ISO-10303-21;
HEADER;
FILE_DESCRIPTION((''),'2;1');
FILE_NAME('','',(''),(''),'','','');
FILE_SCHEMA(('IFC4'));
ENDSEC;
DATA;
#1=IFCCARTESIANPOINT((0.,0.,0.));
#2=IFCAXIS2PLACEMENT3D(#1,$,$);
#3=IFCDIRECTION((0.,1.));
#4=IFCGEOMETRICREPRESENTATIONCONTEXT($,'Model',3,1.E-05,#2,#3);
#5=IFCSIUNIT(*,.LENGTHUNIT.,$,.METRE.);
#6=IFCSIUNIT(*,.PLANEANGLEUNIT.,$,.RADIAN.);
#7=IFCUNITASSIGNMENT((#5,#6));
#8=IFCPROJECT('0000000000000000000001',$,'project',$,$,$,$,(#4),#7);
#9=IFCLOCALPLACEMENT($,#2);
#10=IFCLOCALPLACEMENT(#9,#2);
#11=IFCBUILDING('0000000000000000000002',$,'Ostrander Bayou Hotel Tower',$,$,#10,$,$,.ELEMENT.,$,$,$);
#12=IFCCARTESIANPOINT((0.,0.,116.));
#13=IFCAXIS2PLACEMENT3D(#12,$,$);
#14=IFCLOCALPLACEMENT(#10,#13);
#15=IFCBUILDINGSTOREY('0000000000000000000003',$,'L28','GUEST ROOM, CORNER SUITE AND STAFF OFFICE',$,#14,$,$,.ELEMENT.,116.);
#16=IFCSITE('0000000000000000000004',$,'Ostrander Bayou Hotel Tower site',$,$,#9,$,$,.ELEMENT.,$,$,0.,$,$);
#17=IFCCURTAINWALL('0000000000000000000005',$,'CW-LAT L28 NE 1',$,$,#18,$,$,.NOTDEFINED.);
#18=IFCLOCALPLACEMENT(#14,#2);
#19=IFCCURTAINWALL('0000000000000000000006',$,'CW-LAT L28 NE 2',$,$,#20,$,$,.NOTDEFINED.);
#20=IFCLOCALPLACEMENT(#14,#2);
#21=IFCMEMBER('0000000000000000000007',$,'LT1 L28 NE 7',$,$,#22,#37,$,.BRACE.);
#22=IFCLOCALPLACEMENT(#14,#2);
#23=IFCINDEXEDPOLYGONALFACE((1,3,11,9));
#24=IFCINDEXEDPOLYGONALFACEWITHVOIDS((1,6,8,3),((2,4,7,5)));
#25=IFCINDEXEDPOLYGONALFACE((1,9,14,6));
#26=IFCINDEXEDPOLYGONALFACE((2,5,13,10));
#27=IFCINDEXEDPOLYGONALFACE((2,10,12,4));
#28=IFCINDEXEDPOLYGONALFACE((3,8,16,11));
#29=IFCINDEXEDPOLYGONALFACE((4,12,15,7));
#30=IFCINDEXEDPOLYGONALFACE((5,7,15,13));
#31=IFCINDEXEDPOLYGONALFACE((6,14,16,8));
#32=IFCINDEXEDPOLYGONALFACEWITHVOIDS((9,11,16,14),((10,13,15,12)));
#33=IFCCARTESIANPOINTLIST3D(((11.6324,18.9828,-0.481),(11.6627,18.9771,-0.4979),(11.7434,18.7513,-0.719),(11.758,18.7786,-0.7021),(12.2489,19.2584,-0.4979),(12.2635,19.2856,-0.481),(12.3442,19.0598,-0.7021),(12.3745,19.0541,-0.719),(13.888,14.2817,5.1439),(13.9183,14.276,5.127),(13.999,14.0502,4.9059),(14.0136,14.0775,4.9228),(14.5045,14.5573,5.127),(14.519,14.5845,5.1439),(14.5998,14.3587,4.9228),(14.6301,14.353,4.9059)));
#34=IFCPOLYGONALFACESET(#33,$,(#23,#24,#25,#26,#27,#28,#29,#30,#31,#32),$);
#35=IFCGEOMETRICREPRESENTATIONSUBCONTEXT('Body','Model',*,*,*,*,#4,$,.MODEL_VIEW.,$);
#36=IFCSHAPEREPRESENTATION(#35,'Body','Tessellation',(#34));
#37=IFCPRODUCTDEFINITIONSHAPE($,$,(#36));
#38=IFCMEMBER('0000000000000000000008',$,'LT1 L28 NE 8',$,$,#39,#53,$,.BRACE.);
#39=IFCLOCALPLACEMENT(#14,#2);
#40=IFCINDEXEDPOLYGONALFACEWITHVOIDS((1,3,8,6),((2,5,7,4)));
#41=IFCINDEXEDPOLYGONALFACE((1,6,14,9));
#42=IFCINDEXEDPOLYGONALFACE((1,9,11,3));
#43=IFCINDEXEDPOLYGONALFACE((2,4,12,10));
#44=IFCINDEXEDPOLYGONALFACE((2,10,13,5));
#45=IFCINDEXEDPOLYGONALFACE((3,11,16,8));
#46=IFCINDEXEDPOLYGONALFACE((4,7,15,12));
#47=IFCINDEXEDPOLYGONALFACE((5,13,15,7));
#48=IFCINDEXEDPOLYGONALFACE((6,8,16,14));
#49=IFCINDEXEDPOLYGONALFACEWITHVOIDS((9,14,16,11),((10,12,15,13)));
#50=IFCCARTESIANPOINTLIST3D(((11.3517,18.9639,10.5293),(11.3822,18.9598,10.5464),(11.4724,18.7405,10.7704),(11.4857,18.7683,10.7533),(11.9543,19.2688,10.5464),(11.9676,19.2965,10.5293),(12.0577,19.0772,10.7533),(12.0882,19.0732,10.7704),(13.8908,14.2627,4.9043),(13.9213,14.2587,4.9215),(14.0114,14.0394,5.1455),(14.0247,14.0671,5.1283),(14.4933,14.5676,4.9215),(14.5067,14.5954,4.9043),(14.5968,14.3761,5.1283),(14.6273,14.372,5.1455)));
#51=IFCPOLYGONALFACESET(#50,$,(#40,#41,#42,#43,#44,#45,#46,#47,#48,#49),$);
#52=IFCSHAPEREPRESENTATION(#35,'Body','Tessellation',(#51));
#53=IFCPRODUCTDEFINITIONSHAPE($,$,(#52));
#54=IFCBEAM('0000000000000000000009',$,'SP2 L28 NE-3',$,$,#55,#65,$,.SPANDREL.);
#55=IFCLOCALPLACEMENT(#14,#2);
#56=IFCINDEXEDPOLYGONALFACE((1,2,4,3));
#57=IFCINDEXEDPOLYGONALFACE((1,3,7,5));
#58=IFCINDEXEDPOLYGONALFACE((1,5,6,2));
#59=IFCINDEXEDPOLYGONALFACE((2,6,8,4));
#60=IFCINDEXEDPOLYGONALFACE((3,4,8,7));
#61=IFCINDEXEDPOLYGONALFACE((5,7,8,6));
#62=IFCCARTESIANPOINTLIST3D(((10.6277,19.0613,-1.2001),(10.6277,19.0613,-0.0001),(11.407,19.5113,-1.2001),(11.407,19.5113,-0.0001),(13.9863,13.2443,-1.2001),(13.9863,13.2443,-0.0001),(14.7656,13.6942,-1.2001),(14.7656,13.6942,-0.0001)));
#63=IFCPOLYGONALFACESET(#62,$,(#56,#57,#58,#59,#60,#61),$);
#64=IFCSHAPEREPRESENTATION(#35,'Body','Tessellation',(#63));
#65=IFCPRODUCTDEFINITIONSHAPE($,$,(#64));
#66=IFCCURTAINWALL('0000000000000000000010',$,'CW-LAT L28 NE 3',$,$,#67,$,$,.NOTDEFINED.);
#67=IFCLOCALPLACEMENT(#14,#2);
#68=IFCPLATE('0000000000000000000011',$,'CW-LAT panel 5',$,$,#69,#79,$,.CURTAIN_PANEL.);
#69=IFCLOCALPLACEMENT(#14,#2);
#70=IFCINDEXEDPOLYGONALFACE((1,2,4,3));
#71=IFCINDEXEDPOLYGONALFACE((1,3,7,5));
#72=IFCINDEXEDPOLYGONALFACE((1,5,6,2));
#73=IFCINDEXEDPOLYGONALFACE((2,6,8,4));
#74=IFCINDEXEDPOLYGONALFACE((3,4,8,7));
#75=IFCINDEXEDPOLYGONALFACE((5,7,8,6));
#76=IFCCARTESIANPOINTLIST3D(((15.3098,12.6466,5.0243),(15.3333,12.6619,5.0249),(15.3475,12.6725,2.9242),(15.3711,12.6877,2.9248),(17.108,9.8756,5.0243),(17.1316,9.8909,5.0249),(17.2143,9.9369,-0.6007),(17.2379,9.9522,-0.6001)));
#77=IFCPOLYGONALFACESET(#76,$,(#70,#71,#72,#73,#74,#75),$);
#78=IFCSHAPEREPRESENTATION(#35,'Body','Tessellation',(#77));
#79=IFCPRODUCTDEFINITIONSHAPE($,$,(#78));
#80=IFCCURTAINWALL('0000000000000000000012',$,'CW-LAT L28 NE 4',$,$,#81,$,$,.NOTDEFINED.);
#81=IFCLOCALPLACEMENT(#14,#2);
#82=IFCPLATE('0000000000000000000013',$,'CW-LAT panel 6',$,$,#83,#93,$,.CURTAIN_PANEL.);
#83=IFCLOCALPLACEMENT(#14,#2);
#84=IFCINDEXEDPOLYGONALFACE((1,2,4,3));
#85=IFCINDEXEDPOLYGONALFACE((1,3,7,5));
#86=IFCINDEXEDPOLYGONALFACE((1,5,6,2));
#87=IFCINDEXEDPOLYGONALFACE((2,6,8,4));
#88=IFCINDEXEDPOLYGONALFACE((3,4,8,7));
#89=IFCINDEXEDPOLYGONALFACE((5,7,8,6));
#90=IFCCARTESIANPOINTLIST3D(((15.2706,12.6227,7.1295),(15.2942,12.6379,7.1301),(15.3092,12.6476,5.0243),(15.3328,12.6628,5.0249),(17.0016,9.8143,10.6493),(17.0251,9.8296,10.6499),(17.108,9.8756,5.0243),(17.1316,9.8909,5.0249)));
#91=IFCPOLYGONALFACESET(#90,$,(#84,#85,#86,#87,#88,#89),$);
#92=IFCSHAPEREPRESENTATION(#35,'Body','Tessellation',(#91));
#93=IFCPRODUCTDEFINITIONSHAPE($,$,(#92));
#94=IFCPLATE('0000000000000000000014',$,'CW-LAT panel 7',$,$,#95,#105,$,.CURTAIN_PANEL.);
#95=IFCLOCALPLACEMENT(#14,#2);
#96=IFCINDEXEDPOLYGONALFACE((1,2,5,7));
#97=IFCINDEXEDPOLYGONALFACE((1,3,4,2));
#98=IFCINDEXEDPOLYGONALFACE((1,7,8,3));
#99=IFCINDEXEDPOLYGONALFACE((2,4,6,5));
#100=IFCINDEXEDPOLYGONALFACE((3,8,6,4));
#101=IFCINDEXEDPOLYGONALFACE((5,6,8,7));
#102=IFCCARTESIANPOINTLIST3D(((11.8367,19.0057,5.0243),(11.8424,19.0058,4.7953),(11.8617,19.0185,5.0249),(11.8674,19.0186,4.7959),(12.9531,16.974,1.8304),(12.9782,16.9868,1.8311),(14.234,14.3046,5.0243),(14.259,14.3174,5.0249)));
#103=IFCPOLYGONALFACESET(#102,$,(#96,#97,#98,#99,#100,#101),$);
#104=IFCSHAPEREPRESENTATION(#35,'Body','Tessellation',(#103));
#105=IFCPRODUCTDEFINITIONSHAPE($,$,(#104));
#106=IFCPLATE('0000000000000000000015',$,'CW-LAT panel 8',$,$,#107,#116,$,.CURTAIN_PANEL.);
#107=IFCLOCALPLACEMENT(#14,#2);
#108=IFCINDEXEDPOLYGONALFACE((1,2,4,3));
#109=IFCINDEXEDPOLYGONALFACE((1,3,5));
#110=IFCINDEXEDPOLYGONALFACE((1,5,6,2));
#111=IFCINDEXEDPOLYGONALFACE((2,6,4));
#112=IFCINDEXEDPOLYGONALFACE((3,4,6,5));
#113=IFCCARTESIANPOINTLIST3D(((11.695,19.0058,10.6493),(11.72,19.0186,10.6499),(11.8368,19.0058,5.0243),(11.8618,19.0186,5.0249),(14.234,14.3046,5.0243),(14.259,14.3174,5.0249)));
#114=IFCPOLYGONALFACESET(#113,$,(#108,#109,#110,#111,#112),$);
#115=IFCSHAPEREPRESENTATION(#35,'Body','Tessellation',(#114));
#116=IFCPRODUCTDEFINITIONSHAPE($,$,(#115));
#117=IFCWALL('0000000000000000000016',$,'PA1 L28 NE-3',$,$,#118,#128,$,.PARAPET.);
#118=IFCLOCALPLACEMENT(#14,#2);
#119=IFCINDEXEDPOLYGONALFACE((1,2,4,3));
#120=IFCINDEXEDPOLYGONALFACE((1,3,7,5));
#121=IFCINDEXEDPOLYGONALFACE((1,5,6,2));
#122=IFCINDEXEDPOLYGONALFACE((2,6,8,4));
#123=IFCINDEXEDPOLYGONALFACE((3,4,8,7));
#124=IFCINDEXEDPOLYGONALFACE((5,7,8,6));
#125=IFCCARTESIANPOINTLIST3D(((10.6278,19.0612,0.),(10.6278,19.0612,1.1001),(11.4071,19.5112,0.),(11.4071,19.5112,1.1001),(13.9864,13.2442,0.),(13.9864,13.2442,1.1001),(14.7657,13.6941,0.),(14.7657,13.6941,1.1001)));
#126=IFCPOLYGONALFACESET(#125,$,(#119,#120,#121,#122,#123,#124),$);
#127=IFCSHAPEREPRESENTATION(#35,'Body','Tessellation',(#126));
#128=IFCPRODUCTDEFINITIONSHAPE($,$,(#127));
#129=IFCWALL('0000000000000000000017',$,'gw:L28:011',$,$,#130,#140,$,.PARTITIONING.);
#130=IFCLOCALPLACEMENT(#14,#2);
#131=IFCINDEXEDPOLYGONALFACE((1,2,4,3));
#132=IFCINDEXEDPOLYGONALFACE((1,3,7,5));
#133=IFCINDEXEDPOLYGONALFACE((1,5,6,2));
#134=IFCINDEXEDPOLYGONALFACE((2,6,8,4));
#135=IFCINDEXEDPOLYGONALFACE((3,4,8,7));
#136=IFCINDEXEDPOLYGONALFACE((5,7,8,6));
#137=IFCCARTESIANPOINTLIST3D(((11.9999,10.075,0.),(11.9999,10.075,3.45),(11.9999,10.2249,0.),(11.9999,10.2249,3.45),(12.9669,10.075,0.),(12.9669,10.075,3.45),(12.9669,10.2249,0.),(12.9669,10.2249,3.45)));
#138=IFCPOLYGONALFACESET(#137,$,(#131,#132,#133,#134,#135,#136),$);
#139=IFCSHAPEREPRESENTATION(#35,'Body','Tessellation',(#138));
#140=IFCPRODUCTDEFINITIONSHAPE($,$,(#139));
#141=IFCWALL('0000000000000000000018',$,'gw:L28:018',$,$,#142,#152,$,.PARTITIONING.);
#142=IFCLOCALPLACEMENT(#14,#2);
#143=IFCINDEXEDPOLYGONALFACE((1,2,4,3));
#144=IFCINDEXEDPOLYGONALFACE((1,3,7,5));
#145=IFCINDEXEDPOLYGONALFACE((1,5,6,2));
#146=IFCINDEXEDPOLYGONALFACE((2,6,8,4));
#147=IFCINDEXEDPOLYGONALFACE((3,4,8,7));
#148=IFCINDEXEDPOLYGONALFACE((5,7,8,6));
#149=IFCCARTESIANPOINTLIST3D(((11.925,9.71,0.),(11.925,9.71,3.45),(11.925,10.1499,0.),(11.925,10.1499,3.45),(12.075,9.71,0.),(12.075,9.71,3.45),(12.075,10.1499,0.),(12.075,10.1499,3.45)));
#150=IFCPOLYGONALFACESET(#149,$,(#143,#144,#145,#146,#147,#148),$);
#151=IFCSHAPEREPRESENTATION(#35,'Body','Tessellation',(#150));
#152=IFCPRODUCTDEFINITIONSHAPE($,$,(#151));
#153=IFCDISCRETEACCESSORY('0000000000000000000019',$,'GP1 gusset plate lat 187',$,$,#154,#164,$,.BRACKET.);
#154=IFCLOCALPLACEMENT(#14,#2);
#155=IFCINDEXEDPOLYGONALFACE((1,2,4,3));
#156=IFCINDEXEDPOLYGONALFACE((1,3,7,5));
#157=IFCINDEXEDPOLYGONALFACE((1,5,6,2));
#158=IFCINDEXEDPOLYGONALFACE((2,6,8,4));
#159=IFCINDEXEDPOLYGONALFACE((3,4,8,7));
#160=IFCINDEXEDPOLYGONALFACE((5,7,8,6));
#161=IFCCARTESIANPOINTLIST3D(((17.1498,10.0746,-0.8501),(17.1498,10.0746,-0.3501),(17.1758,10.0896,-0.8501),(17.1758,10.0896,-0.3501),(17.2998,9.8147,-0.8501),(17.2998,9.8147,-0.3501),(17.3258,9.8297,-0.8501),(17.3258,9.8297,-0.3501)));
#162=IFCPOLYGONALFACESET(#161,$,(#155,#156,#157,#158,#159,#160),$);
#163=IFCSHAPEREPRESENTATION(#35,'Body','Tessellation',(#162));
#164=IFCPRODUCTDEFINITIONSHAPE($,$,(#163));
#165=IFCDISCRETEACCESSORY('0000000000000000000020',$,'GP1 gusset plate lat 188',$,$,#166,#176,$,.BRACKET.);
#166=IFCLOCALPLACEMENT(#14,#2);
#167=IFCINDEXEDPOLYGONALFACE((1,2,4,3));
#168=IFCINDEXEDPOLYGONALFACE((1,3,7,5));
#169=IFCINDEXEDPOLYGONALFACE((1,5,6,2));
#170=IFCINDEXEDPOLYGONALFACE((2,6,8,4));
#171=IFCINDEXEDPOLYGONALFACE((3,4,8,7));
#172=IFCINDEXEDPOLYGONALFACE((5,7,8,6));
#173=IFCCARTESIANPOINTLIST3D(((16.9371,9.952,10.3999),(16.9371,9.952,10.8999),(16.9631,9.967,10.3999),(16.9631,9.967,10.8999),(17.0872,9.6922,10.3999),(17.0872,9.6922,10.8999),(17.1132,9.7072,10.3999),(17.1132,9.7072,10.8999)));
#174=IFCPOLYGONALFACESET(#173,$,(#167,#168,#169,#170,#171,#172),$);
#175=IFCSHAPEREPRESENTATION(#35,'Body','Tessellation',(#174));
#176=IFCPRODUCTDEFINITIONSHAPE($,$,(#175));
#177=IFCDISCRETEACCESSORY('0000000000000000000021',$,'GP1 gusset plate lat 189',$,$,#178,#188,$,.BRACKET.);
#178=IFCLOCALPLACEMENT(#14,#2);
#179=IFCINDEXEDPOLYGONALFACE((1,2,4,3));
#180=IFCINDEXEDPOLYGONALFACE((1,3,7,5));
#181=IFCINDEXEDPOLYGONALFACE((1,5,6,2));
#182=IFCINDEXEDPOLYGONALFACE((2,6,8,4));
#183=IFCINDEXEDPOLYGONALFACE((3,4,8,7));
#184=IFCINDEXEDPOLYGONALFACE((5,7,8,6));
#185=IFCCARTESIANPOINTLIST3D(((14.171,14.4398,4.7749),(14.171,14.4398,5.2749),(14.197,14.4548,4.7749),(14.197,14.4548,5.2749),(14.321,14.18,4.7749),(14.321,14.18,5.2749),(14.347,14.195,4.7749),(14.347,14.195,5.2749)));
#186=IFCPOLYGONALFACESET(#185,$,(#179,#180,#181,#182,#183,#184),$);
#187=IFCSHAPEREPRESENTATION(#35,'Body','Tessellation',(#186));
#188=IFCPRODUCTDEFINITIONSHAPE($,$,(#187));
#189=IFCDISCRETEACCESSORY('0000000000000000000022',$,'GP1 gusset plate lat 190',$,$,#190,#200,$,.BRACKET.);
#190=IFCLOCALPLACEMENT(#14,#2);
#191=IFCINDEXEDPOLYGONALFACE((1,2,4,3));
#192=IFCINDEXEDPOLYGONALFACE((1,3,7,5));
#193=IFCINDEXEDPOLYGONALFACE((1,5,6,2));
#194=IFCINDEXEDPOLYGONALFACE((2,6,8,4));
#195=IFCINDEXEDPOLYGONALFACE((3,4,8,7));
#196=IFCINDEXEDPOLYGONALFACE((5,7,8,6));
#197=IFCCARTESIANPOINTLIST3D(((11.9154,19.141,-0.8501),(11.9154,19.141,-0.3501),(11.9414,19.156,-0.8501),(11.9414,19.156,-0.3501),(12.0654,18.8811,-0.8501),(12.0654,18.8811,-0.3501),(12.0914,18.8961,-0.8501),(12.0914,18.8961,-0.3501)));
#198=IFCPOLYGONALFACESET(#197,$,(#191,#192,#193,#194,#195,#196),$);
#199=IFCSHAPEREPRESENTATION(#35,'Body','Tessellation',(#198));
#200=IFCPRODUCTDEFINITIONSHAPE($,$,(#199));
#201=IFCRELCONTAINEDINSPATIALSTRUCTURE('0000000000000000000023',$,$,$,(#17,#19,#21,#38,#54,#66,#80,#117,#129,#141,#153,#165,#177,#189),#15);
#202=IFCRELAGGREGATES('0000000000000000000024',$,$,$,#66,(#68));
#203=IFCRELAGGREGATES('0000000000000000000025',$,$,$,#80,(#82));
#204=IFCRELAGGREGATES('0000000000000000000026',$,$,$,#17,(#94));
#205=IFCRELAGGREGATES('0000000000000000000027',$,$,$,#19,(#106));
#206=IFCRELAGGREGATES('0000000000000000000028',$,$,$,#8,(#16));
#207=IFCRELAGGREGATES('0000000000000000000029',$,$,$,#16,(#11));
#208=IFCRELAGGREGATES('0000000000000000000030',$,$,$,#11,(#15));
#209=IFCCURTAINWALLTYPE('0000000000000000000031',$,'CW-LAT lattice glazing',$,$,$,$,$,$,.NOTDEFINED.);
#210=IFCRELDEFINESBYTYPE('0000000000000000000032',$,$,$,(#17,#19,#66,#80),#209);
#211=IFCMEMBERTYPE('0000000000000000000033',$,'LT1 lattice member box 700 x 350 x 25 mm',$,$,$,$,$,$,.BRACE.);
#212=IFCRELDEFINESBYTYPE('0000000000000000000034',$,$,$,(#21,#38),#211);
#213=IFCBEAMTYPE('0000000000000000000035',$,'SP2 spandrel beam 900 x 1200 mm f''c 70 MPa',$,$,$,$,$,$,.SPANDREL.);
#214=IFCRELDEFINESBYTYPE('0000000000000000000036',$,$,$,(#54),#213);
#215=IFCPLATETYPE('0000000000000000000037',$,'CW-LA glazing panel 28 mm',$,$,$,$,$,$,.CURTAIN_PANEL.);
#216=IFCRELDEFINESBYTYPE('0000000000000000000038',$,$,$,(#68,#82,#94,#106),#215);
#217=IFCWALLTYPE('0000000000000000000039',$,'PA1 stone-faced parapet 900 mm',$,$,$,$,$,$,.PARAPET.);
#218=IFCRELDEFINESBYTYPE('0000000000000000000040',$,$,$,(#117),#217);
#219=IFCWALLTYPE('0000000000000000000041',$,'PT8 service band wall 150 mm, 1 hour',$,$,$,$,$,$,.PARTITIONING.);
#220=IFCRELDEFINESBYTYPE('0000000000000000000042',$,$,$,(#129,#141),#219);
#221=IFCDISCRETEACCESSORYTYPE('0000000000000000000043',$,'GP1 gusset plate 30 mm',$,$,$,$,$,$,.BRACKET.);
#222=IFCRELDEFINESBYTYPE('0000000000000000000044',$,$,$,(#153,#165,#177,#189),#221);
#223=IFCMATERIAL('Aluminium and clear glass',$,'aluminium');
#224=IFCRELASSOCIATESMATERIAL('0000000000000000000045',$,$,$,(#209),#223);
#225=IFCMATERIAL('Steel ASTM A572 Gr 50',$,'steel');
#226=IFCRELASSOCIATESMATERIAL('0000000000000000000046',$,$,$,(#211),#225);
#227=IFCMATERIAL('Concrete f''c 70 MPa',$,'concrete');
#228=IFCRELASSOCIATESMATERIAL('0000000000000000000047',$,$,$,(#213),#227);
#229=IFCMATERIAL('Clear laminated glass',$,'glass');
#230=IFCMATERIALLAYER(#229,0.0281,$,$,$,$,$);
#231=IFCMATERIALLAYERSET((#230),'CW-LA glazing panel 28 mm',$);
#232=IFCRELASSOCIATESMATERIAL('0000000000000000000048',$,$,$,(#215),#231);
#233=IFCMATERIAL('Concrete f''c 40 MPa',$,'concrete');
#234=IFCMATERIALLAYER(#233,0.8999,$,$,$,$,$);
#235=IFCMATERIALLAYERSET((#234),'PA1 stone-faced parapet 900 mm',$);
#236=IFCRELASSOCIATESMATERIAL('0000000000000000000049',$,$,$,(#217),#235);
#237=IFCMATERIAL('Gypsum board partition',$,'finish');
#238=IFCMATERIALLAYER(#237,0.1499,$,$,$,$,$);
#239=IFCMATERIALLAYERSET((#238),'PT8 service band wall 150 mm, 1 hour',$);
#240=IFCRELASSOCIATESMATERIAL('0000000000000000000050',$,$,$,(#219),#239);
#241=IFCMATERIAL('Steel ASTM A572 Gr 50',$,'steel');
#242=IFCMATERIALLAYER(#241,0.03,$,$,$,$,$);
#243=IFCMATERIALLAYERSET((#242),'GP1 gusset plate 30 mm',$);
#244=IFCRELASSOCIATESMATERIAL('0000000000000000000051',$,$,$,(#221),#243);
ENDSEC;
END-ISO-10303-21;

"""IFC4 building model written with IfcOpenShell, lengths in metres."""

from ifc_helpers import new_model, si_unit, direction, frame, frame_2d, origin, origin_2d, place, context, subcontext, project, spatial, polyline, rectangle, hollow_rectangle, outline, extrude, material, layer, layer_set, material_profile, profile_set, type_object, element, aggregate, save


model = new_model("IFC4")

# Units and contexts
model_context = context("Model", 3, precision=1e-05, world=origin(), true_north=direction((0.0, 1.0)))
body_context = subcontext(model_context, "Body", "Model", "MODEL_VIEW")
ifc_project = project(units=[si_unit("LENGTHUNIT", "METRE"), si_unit("PLANEANGLEUNIT", "RADIAN")], contexts=[model_context])

# Site, building, storey
site_placement = place(None, origin())
site = spatial("IfcSite", under=ifc_project, at=site_placement, Name="Ostrander Bayou Hotel Tower site", CompositionType="ELEMENT", RefElevation=0.0)
building_placement = place(site_placement, origin())
building = spatial("IfcBuilding", under=site, at=building_placement, Name="Ostrander Bayou Hotel Tower", CompositionType="ELEMENT")
storey_placement = place(building_placement, frame((0.0, 0.0, 116.0)))
storey = spatial("IfcBuildingStorey", under=building, at=storey_placement, Name="L28", Description="GUEST ROOM, CORNER SUITE AND STAFF OFFICE", CompositionType="ELEMENT", Elevation=116.0)

# Curtain walls
ifc_material_1 = material(Name="Aluminium and clear glass", Category="aluminium")
curtain_wall_type = type_object("IfcCurtainWallType", Name="CW-LAT lattice glazing", PredefinedType="NOTDEFINED", material=ifc_material_1)
curtain_wall_1_placement = place(storey_placement, origin())
curtain_wall_1 = element("IfcCurtainWall", 1, at=curtain_wall_1_placement, inside=storey, type_object=curtain_wall_type, Name="CW-LAT L28 NE 1", PredefinedType="NOTDEFINED")
curtain_wall_2_placement = place(storey_placement, origin())
curtain_wall_2 = element("IfcCurtainWall", 2, at=curtain_wall_2_placement, inside=storey, type_object=curtain_wall_type, Name="CW-LAT L28 NE 2", PredefinedType="NOTDEFINED")

# Members
ifc_material_2 = material(Name="Steel ASTM A572 Gr 50", Category="steel")
ifc_material_profile_1 = material_profile(ifc_material_2, hollow_rectangle(XDim=0.7, YDim=0.3501, WallThickness=0.0249, at=origin_2d()))
ifc_profile_set_1 = profile_set([ifc_material_profile_1], Name="Steel ASTM A572 Gr 50")
member_type_1 = type_object("IfcMemberType", Name="LT1 lattice member box 700 x 350 x 25 mm", PredefinedType="BRACE", material=ifc_profile_set_1)
member_1_placement = place(storey_placement, frame((14.259, 14.3174, 5.0249), z_axis=(-0.294081, 0.612927, -0.733373), x_axis=(-0.901594, -0.432583, 0.0)))
element("IfcMember", 3, at=member_1_placement, inside=storey, type_object=member_type_1, Name="LT1 L28 NE 7", PredefinedType="BRACE", context=body_context, shape_type="SweptSolid", body=[
    extrude(hollow_rectangle(XDim=0.7, YDim=0.3501, WallThickness=0.0249, at=origin_2d()), origin(), (0.0, 0.0, 1.0), 7.6699),
])
member_2_placement = place(storey_placement, frame((14.259, 14.3174, 5.0249), z_axis=(-0.327278, 0.605968, 0.725046), x_axis=(-0.879872, -0.475211, 0.0)))
element("IfcMember", 4, at=member_2_placement, inside=storey, type_object=member_type_1, Name="LT1 L28 NE 8", PredefinedType="BRACE", context=body_context, shape_type="SweptSolid", body=[
    extrude(hollow_rectangle(XDim=0.7, YDim=0.3501, WallThickness=0.0249, at=origin_2d()), origin(), (0.0, 0.0, 1.0), 7.7581),
])

# Beam
ifc_material_3 = material(Name="Concrete f'c 70 MPa", Category="concrete")
ifc_material_profile_2 = material_profile(ifc_material_3, rectangle(XDim=0.8999, YDim=1.2, at=origin_2d()))
ifc_profile_set_2 = profile_set([ifc_material_profile_2], Name="Concrete f'c 70 MPa")
beam_type_1 = type_object("IfcBeamType", Name="SP2 spandrel beam 900 x 1200 mm f'c 70 MPa", PredefinedType="SPANDREL", material=ifc_profile_set_2)
beam_1_placement = place(storey_placement, frame((14.376, 13.4692, -0.6001), z_axis=(-0.500013, 0.866018, 0.0), x_axis=(-0.866018, -0.500013, 0.0)))
element("IfcBeam", 5, at=beam_1_placement, inside=storey, type_object=beam_type_1, Name="SP2 L28 NE-3", PredefinedType="SPANDREL", context=body_context, shape_type="SweptSolid", body=[
    extrude(rectangle(XDim=0.8999, YDim=1.2, at=origin_2d()), origin(), (0.0, 0.0, 1.0), 6.717),
])

# Curtain walls, plates
curtain_wall_3_placement = place(storey_placement, origin())
curtain_wall_3 = element("IfcCurtainWall", 6, at=curtain_wall_3_placement, inside=storey, type_object=curtain_wall_type, Name="CW-LAT L28 NE 3", PredefinedType="NOTDEFINED")
ifc_material_4 = material(Name="Clear laminated glass", Category="glass")
ifc_layer_1 = layer(ifc_material_4, 0.0281)
ifc_layer_set_1 = layer_set([ifc_layer_1], Name="CW-LA glazing panel 28 mm")
plate_type = type_object("IfcPlateType", Name="CW-LA glazing panel 28 mm", PredefinedType="CURTAIN_PANEL", material=ifc_layer_set_1)
plate_1_placement = place(storey_placement, frame((15.3711, 12.6877, 2.9248), z_axis=(0.838647, 0.54424, 0.021778), x_axis=(0.385965, -0.56559, -0.728793)))
plate_1 = element("IfcPlate", 7, at=plate_1_placement, type_object=plate_type, Name="CW-LAT panel 5", PredefinedType="CURTAIN_PANEL", context=body_context, shape_type="SweptSolid", body=[
    extrude(outline(polyline([(0.0, 0.0), (4.8366, 0.0), (0.7308, -3.8468), (-1.5305, -1.4388), (0.0, 0.0)])), origin(), (0.0, 0.0, -1.0), 0.0281),
])
aggregate(curtain_wall_3, [plate_1])
curtain_wall_4_placement = place(storey_placement, origin())
curtain_wall_4 = element("IfcCurtainWall", 8, at=curtain_wall_4_placement, inside=storey, type_object=curtain_wall_type, Name="CW-LAT L28 NE 4", PredefinedType="NOTDEFINED")
plate_2_placement = place(storey_placement, frame((15.2942, 12.6379, 7.1301), z_axis=(0.838651, 0.544232, 0.021801), x_axis=(0.358814, -0.582152, 0.729624)))
plate_2 = element("IfcPlate", 9, at=plate_2_placement, type_object=plate_type, Name="CW-LAT panel 6", PredefinedType="CURTAIN_PANEL", context=body_context, shape_type="SweptSolid", body=[
    extrude(outline(polyline([(0.0, 0.0), (4.8241, 0.0), (0.7225, 3.8513), (-1.5367, 1.4397), (0.0, 0.0)])), origin(), (0.0, 0.0, -1.0), 0.0281),
])
aggregate(curtain_wall_4, [plate_2])

# Plates
plate_3_placement = place(storey_placement, frame((14.259, 14.3174, 5.0249), z_axis=(0.89063, 0.454177, 0.022412), x_axis=(-0.454291, 0.890853, -0.000001)))
plate_3 = element("IfcPlate", 10, at=plate_3_placement, type_object=plate_type, Name="CW-LAT panel 7", PredefinedType="CURTAIN_PANEL", context=body_context, shape_type="SweptSolid", body=[
    extrude(outline(polyline([(0.0, 0.0), (5.2771, 0.0), (5.2745, -0.2291), (2.9599, -3.1947), (0.0, 0.0)])), origin(), (0.0, 0.0, -1.0), 0.0281),
])
aggregate(curtain_wall_1, [plate_3])
plate_4_placement = place(storey_placement, frame((14.259, 14.3174, 5.0249), z_axis=(0.89064, 0.454154, 0.022459), x_axis=(-0.327278, 0.605968, 0.725046)))
plate_4 = element("IfcPlate", 11, at=plate_4_placement, type_object=plate_type, Name="CW-LAT panel 8", PredefinedType="CURTAIN_PANEL", context=body_context, shape_type="SweptSolid", body=[
    extrude(outline(polyline([(0.0, 0.0), (7.7581, 0.0), (3.6333, -3.8271), (0.0, 0.0)])), origin(), (0.0, 0.0, -1.0), 0.0281),
])
aggregate(curtain_wall_2, [plate_4])

# Walls
ifc_material_5 = material(Name="Concrete f'c 40 MPa", Category="concrete")
ifc_layer_2 = layer(ifc_material_5, 0.8999)
ifc_layer_set_2 = layer_set([ifc_layer_2], Name="PA1 stone-faced parapet 900 mm")
wall_type_1 = type_object("IfcWallType", Name="PA1 stone-faced parapet 900 mm", PredefinedType="PARAPET", material=ifc_layer_set_2)
wall_1_placement = place(storey_placement, frame((14.376, 13.4692, 0.0), z_axis=(0.0, 0.0, 1.0), x_axis=(-0.500013, 0.866018, 0.0)))
element("IfcWall", 12, at=wall_1_placement, inside=storey, type_object=wall_type_1, Name="PA1 L28 NE-3", PredefinedType="PARAPET", context=body_context, shape_type="SweptSolid", body=[
    extrude(rectangle(XDim=6.717, YDim=0.8999, at=frame_2d((3.3584, 0.0))), origin(), (0.0, 0.0, 1.0), 1.1001),
])
ifc_material_6 = material(Name="Gypsum board partition", Category="finish")
ifc_layer_3 = layer(ifc_material_6, 0.1499)
ifc_layer_set_3 = layer_set([ifc_layer_3], Name="PT8 service band wall 150 mm, 1 hour")
wall_type_2 = type_object("IfcWallType", Name="PT8 service band wall 150 mm, 1 hour", PredefinedType="PARTITIONING", material=ifc_layer_set_3)
wall_2_placement = place(storey_placement, frame((12.0, 10.1499, 0.0), z_axis=(0.0, 0.0, 1.0), x_axis=(1.0, 0.0, 0.0)))
element("IfcWall", 13, at=wall_2_placement, inside=storey, type_object=wall_type_2, Name="gw:L28:011", PredefinedType="PARTITIONING", context=body_context, shape_type="SweptSolid", body=[
    extrude(rectangle(XDim=0.967, YDim=0.1499, at=frame_2d((0.4834, 0.0))), origin(), (0.0, 0.0, 1.0), 3.45),
])
wall_3_placement = place(storey_placement, frame((12.0, 9.71, 0.0), z_axis=(0.0, 0.0, 1.0), x_axis=(0.0, 1.0, 0.0)))
element("IfcWall", 14, at=wall_3_placement, inside=storey, type_object=wall_type_2, Name="gw:L28:018", PredefinedType="PARTITIONING", context=body_context, shape_type="SweptSolid", body=[
    extrude(rectangle(XDim=0.4399, YDim=0.1499, at=frame_2d((0.22, 0.0))), origin(), (0.0, 0.0, 1.0), 3.45),
])

# Discrete accessories
ifc_material_7 = material(Name="Steel ASTM A572 Gr 50", Category="steel")
ifc_layer_4 = layer(ifc_material_7, 0.03)
ifc_layer_set_4 = layer_set([ifc_layer_4], Name="GP1 gusset plate 30 mm")
discrete_accessory_type = type_object("IfcDiscreteAccessoryType", Name="GP1 gusset plate 30 mm", PredefinedType="BRACKET", material=ifc_layer_set_4)
for number, where, z_axis, x_axis, name in (
    (15, (17.2378, 9.9521, -0.8501), (0.0, 0.0, 1.0), (-0.5, 0.866025, 0.0), "GP1 gusset plate lat 187"),
    (16, (17.0251, 9.8296, 10.3999), (0.0, 0.0, 1.0), (-0.5, 0.866025, 0.0), "GP1 gusset plate lat 188"),
    (17, (14.259, 14.3174, 4.7749), (0.0, 0.0, 1.0), (-0.5, 0.866025, 0.0), "GP1 gusset plate lat 189"),
    (18, (12.0034, 19.0186, -0.8501), (0.0, 0.0, 1.0), (-0.5, 0.866025, 0.0), "GP1 gusset plate lat 190"),
):
    element("IfcDiscreteAccessory", number, at=place(storey_placement, frame(where, z_axis=z_axis, x_axis=x_axis)), inside=storey, type_object=discrete_accessory_type, Name=name, PredefinedType="BRACKET", context=body_context, shape_type="SweptSolid", body=[
        extrude(rectangle(XDim=0.3, YDim=0.03, at=origin_2d()), origin(), (0.0, 0.0, 1.0), 0.5),
    ])

save(model, "model.ifc")
